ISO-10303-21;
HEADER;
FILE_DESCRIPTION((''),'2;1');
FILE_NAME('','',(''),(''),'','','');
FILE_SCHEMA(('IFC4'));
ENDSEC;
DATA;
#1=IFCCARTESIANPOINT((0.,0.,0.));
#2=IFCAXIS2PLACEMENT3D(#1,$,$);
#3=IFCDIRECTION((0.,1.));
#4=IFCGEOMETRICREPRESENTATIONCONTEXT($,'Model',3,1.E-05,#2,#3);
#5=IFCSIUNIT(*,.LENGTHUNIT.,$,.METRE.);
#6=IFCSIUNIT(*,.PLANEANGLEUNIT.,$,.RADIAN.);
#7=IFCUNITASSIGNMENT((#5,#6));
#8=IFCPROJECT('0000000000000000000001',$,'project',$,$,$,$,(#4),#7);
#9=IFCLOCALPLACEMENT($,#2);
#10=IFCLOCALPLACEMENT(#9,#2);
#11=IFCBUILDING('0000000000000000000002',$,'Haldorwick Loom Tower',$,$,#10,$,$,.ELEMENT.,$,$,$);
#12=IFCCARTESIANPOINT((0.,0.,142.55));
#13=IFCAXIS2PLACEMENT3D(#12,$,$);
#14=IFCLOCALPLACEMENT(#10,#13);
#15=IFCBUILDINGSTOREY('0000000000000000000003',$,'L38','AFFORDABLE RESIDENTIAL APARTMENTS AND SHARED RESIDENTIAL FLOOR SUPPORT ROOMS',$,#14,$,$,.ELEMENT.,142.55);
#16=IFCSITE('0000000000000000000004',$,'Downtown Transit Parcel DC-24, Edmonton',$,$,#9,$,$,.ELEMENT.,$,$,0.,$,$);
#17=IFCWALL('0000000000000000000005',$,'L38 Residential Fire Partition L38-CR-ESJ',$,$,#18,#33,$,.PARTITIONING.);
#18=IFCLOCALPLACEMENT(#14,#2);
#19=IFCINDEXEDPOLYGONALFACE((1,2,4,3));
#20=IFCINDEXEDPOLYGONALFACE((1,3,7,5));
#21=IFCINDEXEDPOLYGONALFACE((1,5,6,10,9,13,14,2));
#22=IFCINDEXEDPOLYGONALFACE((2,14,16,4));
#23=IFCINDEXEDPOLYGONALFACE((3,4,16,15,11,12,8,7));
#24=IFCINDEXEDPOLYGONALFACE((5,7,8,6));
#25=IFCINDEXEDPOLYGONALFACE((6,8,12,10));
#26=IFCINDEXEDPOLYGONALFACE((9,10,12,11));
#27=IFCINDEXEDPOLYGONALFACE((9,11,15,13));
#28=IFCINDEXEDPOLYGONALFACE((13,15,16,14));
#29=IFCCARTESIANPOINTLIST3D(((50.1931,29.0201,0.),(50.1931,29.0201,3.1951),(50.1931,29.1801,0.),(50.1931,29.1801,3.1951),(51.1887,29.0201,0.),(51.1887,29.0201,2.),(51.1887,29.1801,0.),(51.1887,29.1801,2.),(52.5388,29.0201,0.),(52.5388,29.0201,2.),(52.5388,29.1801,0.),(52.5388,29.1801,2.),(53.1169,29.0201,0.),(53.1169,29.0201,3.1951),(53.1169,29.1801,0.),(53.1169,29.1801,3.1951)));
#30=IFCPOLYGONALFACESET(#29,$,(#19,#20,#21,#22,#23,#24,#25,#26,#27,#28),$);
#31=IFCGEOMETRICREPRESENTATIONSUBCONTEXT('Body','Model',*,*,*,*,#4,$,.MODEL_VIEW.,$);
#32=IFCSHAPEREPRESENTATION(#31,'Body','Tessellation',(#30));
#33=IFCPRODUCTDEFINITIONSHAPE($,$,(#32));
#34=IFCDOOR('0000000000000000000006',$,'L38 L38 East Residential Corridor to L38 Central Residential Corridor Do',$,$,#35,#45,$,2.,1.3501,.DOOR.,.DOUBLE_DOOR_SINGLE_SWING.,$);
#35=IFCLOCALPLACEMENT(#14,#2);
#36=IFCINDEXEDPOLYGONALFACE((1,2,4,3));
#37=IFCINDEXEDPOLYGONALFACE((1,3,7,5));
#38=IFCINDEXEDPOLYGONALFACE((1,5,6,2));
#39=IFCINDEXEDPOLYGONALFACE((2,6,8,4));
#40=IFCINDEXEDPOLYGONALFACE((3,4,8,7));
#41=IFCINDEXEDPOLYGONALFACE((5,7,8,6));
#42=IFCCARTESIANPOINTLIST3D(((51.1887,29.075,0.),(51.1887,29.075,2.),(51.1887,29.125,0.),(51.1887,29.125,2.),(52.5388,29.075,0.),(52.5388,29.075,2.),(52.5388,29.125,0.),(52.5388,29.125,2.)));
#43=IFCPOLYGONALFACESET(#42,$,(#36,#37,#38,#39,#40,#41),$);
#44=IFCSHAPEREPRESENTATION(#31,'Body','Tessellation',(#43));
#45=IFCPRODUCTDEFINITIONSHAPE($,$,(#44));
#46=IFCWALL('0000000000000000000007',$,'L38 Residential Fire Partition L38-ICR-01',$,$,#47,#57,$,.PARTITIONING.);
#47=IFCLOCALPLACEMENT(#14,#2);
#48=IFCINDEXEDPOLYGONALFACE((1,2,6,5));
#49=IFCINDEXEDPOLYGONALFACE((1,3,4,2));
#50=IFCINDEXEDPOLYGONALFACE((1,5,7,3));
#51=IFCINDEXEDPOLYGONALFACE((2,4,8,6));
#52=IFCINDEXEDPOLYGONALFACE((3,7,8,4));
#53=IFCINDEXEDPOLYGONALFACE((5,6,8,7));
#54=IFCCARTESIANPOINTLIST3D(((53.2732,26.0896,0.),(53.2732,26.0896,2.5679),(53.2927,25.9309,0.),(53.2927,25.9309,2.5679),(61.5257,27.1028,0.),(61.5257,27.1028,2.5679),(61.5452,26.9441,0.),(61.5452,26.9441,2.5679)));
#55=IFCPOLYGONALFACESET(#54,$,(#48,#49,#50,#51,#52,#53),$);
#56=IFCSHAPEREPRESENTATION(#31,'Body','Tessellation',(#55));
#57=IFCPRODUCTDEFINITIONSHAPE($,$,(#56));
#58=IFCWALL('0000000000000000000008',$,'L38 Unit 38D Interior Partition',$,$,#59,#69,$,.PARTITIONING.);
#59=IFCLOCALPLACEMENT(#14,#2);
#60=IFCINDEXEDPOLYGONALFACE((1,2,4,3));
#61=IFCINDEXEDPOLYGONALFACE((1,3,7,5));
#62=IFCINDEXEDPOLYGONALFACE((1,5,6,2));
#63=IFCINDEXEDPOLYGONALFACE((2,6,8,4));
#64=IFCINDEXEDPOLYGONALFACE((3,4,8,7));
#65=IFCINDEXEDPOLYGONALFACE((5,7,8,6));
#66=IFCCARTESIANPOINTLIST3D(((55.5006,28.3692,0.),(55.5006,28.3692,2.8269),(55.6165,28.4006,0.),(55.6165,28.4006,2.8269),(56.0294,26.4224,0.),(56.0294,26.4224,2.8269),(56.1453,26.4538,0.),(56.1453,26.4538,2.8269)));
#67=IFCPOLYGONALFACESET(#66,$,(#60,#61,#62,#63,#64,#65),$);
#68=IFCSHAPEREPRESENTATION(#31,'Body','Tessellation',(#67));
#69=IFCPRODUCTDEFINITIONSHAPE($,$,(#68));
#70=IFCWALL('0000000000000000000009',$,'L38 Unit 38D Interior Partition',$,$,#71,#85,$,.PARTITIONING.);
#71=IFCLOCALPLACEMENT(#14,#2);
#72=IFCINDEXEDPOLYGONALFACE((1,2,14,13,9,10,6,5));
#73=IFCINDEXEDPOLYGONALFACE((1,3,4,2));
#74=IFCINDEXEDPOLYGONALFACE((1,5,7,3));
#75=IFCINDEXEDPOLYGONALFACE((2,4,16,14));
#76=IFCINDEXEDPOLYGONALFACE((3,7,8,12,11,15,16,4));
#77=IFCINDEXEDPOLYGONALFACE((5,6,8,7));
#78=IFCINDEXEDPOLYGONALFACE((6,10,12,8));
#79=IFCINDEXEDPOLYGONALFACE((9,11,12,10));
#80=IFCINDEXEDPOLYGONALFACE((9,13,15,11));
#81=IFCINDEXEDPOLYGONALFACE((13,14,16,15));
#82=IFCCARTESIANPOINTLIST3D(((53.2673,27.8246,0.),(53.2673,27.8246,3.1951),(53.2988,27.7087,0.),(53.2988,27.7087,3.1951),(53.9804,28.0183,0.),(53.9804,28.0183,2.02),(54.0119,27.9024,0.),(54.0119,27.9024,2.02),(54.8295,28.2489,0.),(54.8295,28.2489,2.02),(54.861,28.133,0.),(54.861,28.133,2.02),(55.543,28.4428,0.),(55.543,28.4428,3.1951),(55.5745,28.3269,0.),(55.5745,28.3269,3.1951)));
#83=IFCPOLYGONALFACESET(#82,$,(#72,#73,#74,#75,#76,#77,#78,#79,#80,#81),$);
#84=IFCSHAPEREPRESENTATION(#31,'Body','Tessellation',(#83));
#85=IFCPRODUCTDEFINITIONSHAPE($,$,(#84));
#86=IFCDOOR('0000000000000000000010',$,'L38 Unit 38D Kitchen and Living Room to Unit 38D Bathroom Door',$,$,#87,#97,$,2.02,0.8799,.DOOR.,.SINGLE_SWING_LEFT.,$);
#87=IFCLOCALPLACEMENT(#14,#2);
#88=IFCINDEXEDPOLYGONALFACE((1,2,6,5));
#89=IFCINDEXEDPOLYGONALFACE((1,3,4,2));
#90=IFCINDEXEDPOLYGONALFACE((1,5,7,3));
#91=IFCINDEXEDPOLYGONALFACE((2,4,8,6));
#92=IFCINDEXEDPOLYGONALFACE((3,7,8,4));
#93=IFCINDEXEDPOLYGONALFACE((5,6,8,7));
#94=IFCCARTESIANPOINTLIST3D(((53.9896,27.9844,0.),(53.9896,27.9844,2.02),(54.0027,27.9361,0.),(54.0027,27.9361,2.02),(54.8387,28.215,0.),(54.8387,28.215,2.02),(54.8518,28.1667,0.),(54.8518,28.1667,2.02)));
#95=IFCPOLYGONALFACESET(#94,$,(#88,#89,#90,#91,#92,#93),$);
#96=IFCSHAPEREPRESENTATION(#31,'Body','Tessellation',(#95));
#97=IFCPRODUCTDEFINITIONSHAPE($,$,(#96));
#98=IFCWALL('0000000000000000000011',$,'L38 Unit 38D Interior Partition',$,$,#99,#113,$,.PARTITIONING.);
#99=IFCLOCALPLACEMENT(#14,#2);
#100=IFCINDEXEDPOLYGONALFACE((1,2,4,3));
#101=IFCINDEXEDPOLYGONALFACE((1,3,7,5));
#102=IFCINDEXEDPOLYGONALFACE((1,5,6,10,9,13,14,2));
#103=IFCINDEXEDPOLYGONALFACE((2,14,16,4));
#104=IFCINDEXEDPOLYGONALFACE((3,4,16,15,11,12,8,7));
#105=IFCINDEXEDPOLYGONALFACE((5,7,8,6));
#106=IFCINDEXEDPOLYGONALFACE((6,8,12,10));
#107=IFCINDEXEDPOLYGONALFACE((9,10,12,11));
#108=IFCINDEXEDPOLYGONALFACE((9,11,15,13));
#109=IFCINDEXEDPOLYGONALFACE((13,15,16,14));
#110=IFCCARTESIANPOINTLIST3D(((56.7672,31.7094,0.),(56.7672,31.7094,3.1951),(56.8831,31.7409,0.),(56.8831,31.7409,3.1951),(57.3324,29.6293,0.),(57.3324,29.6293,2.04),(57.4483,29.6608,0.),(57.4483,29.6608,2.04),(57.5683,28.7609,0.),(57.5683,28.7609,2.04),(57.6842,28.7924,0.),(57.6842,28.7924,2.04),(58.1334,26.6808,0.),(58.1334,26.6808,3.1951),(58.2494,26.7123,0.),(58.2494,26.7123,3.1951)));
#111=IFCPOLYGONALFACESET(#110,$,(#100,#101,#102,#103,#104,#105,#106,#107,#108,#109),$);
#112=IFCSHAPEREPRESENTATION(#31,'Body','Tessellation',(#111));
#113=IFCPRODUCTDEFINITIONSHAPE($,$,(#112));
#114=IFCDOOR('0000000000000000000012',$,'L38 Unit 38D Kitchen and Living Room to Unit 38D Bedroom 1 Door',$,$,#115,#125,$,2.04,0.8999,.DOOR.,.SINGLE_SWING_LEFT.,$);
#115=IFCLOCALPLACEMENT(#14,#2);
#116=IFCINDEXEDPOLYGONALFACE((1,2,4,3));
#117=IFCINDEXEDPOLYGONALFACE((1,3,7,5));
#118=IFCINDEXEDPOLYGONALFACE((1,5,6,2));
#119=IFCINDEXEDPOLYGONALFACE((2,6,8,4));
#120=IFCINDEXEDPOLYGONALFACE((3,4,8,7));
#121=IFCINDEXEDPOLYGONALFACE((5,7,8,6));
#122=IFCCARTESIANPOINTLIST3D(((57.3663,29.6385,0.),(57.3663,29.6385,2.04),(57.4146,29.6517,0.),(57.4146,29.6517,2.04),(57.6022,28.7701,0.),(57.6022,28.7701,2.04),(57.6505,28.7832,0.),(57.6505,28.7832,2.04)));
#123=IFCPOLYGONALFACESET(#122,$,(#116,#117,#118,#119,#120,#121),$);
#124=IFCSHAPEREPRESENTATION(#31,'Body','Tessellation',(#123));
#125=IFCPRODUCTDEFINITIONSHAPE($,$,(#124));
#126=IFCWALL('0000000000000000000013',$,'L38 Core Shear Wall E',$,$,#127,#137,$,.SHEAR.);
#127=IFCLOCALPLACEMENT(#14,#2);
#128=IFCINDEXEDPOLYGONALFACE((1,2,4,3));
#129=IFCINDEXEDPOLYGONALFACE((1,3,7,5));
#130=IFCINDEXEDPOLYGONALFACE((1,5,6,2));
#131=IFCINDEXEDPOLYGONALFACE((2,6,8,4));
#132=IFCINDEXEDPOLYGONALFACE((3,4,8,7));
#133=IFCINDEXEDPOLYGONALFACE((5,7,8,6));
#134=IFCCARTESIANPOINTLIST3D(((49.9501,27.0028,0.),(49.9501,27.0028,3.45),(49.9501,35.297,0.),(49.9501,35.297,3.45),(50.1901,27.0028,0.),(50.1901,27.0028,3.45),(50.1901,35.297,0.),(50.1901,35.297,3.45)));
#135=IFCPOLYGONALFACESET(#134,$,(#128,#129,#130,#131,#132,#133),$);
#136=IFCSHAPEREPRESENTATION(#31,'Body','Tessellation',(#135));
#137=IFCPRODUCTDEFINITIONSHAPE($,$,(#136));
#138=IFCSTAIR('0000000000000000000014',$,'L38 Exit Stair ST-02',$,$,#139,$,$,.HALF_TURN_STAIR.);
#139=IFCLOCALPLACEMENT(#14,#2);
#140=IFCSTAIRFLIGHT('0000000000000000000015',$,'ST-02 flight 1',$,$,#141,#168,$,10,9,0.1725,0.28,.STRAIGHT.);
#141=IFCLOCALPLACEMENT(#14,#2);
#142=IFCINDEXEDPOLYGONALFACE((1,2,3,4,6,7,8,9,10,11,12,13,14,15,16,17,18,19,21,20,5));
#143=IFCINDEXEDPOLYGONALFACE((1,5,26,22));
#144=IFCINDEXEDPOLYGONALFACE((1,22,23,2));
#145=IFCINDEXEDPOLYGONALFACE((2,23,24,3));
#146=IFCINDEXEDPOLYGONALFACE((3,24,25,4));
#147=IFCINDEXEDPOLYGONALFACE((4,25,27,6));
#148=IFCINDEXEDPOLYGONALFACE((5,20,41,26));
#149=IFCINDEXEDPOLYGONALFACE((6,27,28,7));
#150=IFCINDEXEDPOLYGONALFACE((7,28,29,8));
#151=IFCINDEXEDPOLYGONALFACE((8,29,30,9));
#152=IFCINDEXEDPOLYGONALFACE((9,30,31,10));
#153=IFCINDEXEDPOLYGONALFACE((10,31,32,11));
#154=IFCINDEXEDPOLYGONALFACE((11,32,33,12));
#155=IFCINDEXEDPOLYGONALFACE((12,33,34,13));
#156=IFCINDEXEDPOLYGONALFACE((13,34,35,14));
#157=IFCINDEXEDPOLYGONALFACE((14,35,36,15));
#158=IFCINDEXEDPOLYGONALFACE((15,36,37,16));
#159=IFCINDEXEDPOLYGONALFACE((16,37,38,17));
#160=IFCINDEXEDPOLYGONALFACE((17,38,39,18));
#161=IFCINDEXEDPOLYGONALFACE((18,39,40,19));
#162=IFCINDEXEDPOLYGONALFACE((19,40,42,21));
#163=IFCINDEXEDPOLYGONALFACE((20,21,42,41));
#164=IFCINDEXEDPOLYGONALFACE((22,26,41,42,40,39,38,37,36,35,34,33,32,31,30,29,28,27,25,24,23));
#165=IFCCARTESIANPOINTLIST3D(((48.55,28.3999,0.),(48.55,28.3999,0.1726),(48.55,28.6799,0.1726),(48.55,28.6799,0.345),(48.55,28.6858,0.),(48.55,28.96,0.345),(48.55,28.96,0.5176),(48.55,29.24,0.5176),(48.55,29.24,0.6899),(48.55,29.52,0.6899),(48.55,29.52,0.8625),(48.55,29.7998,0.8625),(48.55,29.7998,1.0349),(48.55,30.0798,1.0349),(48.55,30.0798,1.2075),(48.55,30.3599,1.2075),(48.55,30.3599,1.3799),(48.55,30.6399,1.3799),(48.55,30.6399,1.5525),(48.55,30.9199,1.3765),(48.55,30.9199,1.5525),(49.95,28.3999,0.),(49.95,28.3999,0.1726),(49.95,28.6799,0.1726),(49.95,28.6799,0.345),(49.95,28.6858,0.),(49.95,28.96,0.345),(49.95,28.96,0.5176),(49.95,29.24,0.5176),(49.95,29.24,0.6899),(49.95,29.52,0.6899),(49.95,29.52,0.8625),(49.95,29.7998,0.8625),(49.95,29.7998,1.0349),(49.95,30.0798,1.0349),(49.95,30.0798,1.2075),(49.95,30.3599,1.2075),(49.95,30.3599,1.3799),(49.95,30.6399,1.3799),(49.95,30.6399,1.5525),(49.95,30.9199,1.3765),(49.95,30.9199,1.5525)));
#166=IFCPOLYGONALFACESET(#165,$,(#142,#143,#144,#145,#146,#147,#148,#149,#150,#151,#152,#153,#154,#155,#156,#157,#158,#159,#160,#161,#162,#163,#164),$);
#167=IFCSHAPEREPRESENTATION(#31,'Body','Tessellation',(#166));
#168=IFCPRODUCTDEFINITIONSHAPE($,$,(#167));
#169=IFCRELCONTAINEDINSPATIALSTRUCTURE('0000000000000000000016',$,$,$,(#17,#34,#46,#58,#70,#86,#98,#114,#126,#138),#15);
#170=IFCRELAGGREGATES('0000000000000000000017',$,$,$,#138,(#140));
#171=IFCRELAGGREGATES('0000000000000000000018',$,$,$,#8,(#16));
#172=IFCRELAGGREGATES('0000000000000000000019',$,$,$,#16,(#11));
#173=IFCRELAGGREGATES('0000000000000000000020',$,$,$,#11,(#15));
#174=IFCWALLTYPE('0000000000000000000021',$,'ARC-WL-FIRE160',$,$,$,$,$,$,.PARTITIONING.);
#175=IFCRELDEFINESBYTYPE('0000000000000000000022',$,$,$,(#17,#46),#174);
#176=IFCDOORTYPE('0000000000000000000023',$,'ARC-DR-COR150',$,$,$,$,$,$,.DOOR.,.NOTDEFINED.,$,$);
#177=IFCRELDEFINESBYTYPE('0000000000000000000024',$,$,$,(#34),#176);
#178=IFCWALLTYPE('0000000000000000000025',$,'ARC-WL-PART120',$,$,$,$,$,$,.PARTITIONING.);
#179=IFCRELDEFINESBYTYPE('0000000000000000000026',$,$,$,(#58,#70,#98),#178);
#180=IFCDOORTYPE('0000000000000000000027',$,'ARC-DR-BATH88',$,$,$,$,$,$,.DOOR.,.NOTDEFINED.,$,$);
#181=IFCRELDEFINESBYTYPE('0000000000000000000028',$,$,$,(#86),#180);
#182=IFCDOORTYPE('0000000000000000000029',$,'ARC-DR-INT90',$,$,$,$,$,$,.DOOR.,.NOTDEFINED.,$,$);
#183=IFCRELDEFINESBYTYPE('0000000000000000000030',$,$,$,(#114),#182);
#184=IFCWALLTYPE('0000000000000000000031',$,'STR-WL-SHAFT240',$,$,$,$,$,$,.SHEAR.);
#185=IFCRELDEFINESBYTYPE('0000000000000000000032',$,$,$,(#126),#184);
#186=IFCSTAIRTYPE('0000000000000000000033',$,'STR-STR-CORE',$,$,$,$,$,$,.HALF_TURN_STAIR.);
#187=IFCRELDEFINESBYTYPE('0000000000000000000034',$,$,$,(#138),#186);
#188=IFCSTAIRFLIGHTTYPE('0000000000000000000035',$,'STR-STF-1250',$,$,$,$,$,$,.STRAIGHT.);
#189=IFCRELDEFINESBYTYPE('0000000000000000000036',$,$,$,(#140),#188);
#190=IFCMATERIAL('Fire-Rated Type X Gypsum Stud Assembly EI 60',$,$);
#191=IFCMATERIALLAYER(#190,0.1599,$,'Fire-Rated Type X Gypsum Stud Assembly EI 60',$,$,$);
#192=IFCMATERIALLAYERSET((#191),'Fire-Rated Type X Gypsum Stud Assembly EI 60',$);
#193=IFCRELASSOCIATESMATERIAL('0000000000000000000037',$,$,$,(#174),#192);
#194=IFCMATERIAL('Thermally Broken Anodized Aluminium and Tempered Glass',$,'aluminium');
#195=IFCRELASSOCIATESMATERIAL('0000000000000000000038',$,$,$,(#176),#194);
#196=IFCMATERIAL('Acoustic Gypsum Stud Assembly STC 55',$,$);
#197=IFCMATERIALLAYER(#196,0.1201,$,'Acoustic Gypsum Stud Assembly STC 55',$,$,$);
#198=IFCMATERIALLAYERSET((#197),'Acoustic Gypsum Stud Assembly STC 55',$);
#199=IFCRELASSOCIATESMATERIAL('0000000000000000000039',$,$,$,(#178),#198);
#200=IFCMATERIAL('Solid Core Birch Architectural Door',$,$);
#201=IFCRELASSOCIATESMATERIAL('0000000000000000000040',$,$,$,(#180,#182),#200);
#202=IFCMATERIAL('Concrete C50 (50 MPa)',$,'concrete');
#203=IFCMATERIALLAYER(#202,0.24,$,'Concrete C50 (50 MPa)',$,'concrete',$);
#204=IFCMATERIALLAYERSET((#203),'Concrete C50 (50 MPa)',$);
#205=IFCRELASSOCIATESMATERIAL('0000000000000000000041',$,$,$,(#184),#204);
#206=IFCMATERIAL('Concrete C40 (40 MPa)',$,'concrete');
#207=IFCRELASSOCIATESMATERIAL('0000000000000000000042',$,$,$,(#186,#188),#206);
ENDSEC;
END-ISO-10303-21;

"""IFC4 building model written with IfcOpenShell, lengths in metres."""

from ifc_helpers import new_model, si_unit, direction, frame, frame_2d, origin, place, context, subcontext, project, spatial, polyline, rectangle, outline, extrude, material, layer, layer_set, type_object, element, fill, aggregate, save


model = new_model("IFC4")

# Units and contexts
model_context = context("Model", 3, precision=1e-05, world=origin(), true_north=direction((0.0, 1.0)))
body_context = subcontext(model_context, "Body", "Model", "MODEL_VIEW")
ifc_project = project(units=[si_unit("LENGTHUNIT", "METRE"), si_unit("PLANEANGLEUNIT", "RADIAN")], contexts=[model_context])

# Site, building, storey
site_placement = place(None, origin())
site = spatial("IfcSite", under=ifc_project, at=site_placement, Name="Downtown Transit Parcel DC-24, Edmonton", CompositionType="ELEMENT", RefElevation=0.0)
building_placement = place(site_placement, origin())
building = spatial("IfcBuilding", under=site, at=building_placement, Name="Haldorwick Loom Tower", CompositionType="ELEMENT")
storey_placement = place(building_placement, frame((0.0, 0.0, 142.55)))
storey = spatial("IfcBuildingStorey", under=building, at=storey_placement, Name="L38", Description="AFFORDABLE RESIDENTIAL APARTMENTS AND SHARED RESIDENTIAL FLOOR SUPPORT ROOMS", CompositionType="ELEMENT", Elevation=142.55)

# Wall, opening, door
ifc_material_1 = material(Name="Fire-Rated Type X Gypsum Stud Assembly EI 60")
ifc_layer_1 = layer(ifc_material_1, 0.1599, Name="Fire-Rated Type X Gypsum Stud Assembly EI 60")
ifc_layer_set_1 = layer_set([ifc_layer_1], Name="Fire-Rated Type X Gypsum Stud Assembly EI 60")
wall_type_1 = type_object("IfcWallType", Name="ARC-WL-FIRE160", PredefinedType="PARTITIONING", material=ifc_layer_set_1)
wall_1_placement = place(storey_placement, frame((50.1931, 29.1001, 0.0), z_axis=(0.0, 0.0, 1.0), x_axis=(1.0, 0.0, 0.0)))
wall_1 = element("IfcWall", 1, at=wall_1_placement, inside=storey, type_object=wall_type_1, Name="L38 Residential Fire Partition L38-CR-ESJ", PredefinedType="PARTITIONING", context=body_context, shape_type="SweptSolid", body=[
    extrude(rectangle(XDim=2.9238, YDim=0.1599, at=frame_2d((1.4619, 0.0))), origin(), (0.0, 0.0, 1.0), 3.1951),
])
opening_1_placement = place(wall_1_placement, frame((0.9956, 0.0, 0.0)))
opening_1 = element("IfcOpeningElement", 2, at=opening_1_placement, cuts=wall_1, PredefinedType="OPENING", context=body_context, shape_type="SweptSolid", body=[
    extrude(rectangle(XDim=1.3501, YDim=2.0, at=frame_2d((0.675, 1.0))), frame((0.0, 0.0898, 0.0), z_axis=(0.0, -1.0, 0.0), x_axis=(1.0, 0.0, 0.0)), (0.0, 0.0, 1.0), 0.1799),
])
ifc_material_2 = material(Name="Thermally Broken Anodized Aluminium and Tempered Glass", Category="aluminium")
door_type_1 = type_object("IfcDoorType", Name="ARC-DR-COR150", OperationType="NOTDEFINED", PredefinedType="DOOR", material=ifc_material_2)
door_1_placement = place(opening_1_placement, origin())
door_1 = element("IfcDoor", 3, at=door_1_placement, inside=storey, type_object=door_type_1, Name="L38 L38 East Residential Corridor to L38 Central Residential Corridor Do", OperationType="DOUBLE_DOOR_SINGLE_SWING", OverallHeight=2.0, OverallWidth=1.3501, PredefinedType="DOOR", context=body_context, shape_type="SweptSolid", body=[
    extrude(rectangle(XDim=1.3501, YDim=2.0, at=frame_2d((0.675, 1.0))), frame((0.0, 0.0249, 0.0), z_axis=(0.0, -1.0, 0.0), x_axis=(1.0, 0.0, 0.0)), (0.0, 0.0, 1.0), 0.05),
])
fill(opening_1, door_1)

# Walls
wall_2_placement = place(storey_placement, frame((53.283, 26.0103, 0.0), z_axis=(0.0, 0.0, 1.0), x_axis=(0.992547, 0.121859, 0.0)))
element("IfcWall", 4, at=wall_2_placement, inside=storey, type_object=wall_type_1, Name="L38 Residential Fire Partition L38-ICR-01", PredefinedType="PARTITIONING", context=body_context, shape_type="SweptSolid", body=[
    extrude(rectangle(XDim=8.3145, YDim=0.1599, at=frame_2d((4.1572, 0.0))), origin(), (0.0, 0.0, 1.0), 2.5679),
])
ifc_material_3 = material(Name="Acoustic Gypsum Stud Assembly STC 55")
ifc_layer_2 = layer(ifc_material_3, 0.1201, Name="Acoustic Gypsum Stud Assembly STC 55")
ifc_layer_set_2 = layer_set([ifc_layer_2], Name="Acoustic Gypsum Stud Assembly STC 55")
wall_type_2 = type_object("IfcWallType", Name="ARC-WL-PART120", PredefinedType="PARTITIONING", material=ifc_layer_set_2)
wall_3_placement = place(storey_placement, frame((56.0874, 26.438, 0.0), z_axis=(0.0, 0.0, 1.0), x_axis=(-0.262134, 0.965031, 0.0)))
element("IfcWall", 5, at=wall_3_placement, inside=storey, type_object=wall_type_2, Name="L38 Unit 38D Interior Partition", PredefinedType="PARTITIONING", context=body_context, shape_type="SweptSolid", body=[
    extrude(rectangle(XDim=2.0173, YDim=0.1201, at=frame_2d((1.0088, 0.0))), origin(), (0.0, 0.0, 1.0), 2.8269),
])

# Walls, openings, doors
wall_4_placement = place(storey_placement, frame((53.283, 27.7666, 0.0), z_axis=(0.0, 0.0, 1.0), x_axis=(0.965029, 0.262145, 0.0)))
wall_4 = element("IfcWall", 6, at=wall_4_placement, inside=storey, type_object=wall_type_2, Name="L38 Unit 38D Interior Partition", PredefinedType="PARTITIONING", context=body_context, shape_type="SweptSolid", body=[
    extrude(rectangle(XDim=2.3582, YDim=0.1201, at=frame_2d((1.1792, 0.0))), origin(), (0.0, 0.0, 1.0), 3.1951),
])
opening_2_placement = place(wall_4_placement, frame((0.739, 0.0, 0.0)))
opening_2 = element("IfcOpeningElement", 7, at=opening_2_placement, cuts=wall_4, PredefinedType="OPENING", context=body_context, shape_type="SweptSolid", body=[
    extrude(rectangle(XDim=0.8799, YDim=2.02, at=frame_2d((0.4399, 1.01))), frame((0.0, 0.0701, 0.0), z_axis=(0.0, -1.0, 0.0), x_axis=(1.0, 0.0, 0.0)), (0.0, 0.0, 1.0), 0.1401),
])
ifc_material_4 = material(Name="Solid Core Birch Architectural Door")
door_type_2 = type_object("IfcDoorType", Name="ARC-DR-BATH88", OperationType="NOTDEFINED", PredefinedType="DOOR", material=ifc_material_4)
door_2_placement = place(opening_2_placement, origin())
door_2 = element("IfcDoor", 8, at=door_2_placement, inside=storey, type_object=door_type_2, Name="L38 Unit 38D Kitchen and Living Room to Unit 38D Bathroom Door", OperationType="SINGLE_SWING_LEFT", OverallHeight=2.02, OverallWidth=0.8799, PredefinedType="DOOR", context=body_context, shape_type="SweptSolid", body=[
    extrude(rectangle(XDim=0.8799, YDim=2.02, at=frame_2d((0.4399, 1.01))), frame((0.0, 0.0249, 0.0), z_axis=(0.0, -1.0, 0.0), x_axis=(1.0, 0.0, 0.0)), (0.0, 0.0, 1.0), 0.05),
])
fill(opening_2, door_2)
wall_5_placement = place(storey_placement, frame((58.1914, 26.6965, 0.0), z_axis=(0.0, 0.0, 1.0), x_axis=(-0.262186, 0.965017, 0.0)))
wall_5 = element("IfcWall", 9, at=wall_5_placement, inside=storey, type_object=wall_type_2, Name="L38 Unit 38D Interior Partition", PredefinedType="PARTITIONING", context=body_context, shape_type="SweptSolid", body=[
    extrude(rectangle(XDim=5.2109, YDim=0.1201, at=frame_2d((2.6055, 0.0))), origin(), (0.0, 0.0, 1.0), 3.1951),
])
opening_3_placement = place(wall_5_placement, frame((2.1555, 0.0, 0.0)))
opening_3 = element("IfcOpeningElement", 10, at=opening_3_placement, cuts=wall_5, PredefinedType="OPENING", context=body_context, shape_type="SweptSolid", body=[
    extrude(rectangle(XDim=0.8999, YDim=2.04, at=frame_2d((0.45, 1.02))), frame((0.0, 0.0701, 0.0), z_axis=(0.0, -1.0, 0.0), x_axis=(1.0, 0.0, 0.0)), (0.0, 0.0, 1.0), 0.1401),
])
door_type_3 = type_object("IfcDoorType", Name="ARC-DR-INT90", OperationType="NOTDEFINED", PredefinedType="DOOR", material=ifc_material_4)
door_3_placement = place(opening_3_placement, origin())
door_3 = element("IfcDoor", 11, at=door_3_placement, inside=storey, type_object=door_type_3, Name="L38 Unit 38D Kitchen and Living Room to Unit 38D Bedroom 1 Door", OperationType="SINGLE_SWING_LEFT", OverallHeight=2.04, OverallWidth=0.8999, PredefinedType="DOOR", context=body_context, shape_type="SweptSolid", body=[
    extrude(rectangle(XDim=0.8999, YDim=2.04, at=frame_2d((0.45, 1.02))), frame((0.0, 0.0249, 0.0), z_axis=(0.0, -1.0, 0.0), x_axis=(1.0, 0.0, 0.0)), (0.0, 0.0, 1.0), 0.05),
])
fill(opening_3, door_3)

# Wall
ifc_material_5 = material(Name="Concrete C50 (50 MPa)", Category="concrete")
ifc_layer_3 = layer(ifc_material_5, 0.24, Name="Concrete C50 (50 MPa)", Category="concrete")
ifc_layer_set_3 = layer_set([ifc_layer_3], Name="Concrete C50 (50 MPa)")
wall_type_3 = type_object("IfcWallType", Name="STR-WL-SHAFT240", PredefinedType="SHEAR", material=ifc_layer_set_3)
wall_6_placement = place(storey_placement, frame((50.0701, 27.0029, 0.0), z_axis=(0.0, 0.0, 1.0), x_axis=(0.0, 1.0, 0.0)))
element("IfcWall", 12, at=wall_6_placement, inside=storey, type_object=wall_type_3, Name="L38 Core Shear Wall E", PredefinedType="SHEAR", context=body_context, shape_type="SweptSolid", body=[
    extrude(rectangle(XDim=8.2942, YDim=0.24, at=frame_2d((4.147, 0.0))), origin(), (0.0, 0.0, 1.0), 3.45),
])

# Stair, stair flight
ifc_material_6 = material(Name="Concrete C40 (40 MPa)", Category="concrete")
stair_type = type_object("IfcStairType", Name="STR-STR-CORE", PredefinedType="HALF_TURN_STAIR", material=ifc_material_6)
stair_placement = place(storey_placement, origin())
stair = element("IfcStair", 13, at=stair_placement, inside=storey, type_object=stair_type, Name="L38 Exit Stair ST-02", PredefinedType="HALF_TURN_STAIR")
stair_flight_type = type_object("IfcStairFlightType", Name="STR-STF-1250", PredefinedType="STRAIGHT", material=ifc_material_6)
stair_flight_placement = place(storey_placement, frame((49.25, 28.3999, 0.0), z_axis=(0.0, 0.0, 1.0), x_axis=(0.0, 1.0, 0.0)))
stair_flight = element("IfcStairFlight", 14, at=stair_flight_placement, type_object=stair_flight_type, Name="ST-02 flight 1", NumberOfRisers=10, NumberOfTreads=9, PredefinedType="STRAIGHT", RiserHeight=0.1725, TreadLength=0.28, context=body_context, shape_type="SweptSolid", body=[
    extrude(outline(polyline([(0.0, 0.0), (0.0, 0.1726), (0.28, 0.1726), (0.28, 0.345), (0.5601, 0.345), (0.5601, 0.5176), (0.8401, 0.5176), (0.8401, 0.6899), (1.1201, 0.6899), (1.1201, 0.8625), (1.3999, 0.8625), (1.3999, 1.0349), (1.6799, 1.0349), (1.6799, 1.2075), (1.96, 1.2075), (1.96, 1.3799), (2.24, 1.3799), (2.24, 1.5525), (2.52, 1.5525), (2.52, 1.7251), (2.52, 1.3765), (0.2859, 0.0), (0.0, 0.0)])), frame((0.0, 0.7, 0.0), z_axis=(0.0, -1.0, 0.0), x_axis=(1.0, 0.0, 0.0)), (0.0, 0.0, 1.0), 1.3999),
])
aggregate(stair, [stair_flight])

save(model, "model.ifc")
